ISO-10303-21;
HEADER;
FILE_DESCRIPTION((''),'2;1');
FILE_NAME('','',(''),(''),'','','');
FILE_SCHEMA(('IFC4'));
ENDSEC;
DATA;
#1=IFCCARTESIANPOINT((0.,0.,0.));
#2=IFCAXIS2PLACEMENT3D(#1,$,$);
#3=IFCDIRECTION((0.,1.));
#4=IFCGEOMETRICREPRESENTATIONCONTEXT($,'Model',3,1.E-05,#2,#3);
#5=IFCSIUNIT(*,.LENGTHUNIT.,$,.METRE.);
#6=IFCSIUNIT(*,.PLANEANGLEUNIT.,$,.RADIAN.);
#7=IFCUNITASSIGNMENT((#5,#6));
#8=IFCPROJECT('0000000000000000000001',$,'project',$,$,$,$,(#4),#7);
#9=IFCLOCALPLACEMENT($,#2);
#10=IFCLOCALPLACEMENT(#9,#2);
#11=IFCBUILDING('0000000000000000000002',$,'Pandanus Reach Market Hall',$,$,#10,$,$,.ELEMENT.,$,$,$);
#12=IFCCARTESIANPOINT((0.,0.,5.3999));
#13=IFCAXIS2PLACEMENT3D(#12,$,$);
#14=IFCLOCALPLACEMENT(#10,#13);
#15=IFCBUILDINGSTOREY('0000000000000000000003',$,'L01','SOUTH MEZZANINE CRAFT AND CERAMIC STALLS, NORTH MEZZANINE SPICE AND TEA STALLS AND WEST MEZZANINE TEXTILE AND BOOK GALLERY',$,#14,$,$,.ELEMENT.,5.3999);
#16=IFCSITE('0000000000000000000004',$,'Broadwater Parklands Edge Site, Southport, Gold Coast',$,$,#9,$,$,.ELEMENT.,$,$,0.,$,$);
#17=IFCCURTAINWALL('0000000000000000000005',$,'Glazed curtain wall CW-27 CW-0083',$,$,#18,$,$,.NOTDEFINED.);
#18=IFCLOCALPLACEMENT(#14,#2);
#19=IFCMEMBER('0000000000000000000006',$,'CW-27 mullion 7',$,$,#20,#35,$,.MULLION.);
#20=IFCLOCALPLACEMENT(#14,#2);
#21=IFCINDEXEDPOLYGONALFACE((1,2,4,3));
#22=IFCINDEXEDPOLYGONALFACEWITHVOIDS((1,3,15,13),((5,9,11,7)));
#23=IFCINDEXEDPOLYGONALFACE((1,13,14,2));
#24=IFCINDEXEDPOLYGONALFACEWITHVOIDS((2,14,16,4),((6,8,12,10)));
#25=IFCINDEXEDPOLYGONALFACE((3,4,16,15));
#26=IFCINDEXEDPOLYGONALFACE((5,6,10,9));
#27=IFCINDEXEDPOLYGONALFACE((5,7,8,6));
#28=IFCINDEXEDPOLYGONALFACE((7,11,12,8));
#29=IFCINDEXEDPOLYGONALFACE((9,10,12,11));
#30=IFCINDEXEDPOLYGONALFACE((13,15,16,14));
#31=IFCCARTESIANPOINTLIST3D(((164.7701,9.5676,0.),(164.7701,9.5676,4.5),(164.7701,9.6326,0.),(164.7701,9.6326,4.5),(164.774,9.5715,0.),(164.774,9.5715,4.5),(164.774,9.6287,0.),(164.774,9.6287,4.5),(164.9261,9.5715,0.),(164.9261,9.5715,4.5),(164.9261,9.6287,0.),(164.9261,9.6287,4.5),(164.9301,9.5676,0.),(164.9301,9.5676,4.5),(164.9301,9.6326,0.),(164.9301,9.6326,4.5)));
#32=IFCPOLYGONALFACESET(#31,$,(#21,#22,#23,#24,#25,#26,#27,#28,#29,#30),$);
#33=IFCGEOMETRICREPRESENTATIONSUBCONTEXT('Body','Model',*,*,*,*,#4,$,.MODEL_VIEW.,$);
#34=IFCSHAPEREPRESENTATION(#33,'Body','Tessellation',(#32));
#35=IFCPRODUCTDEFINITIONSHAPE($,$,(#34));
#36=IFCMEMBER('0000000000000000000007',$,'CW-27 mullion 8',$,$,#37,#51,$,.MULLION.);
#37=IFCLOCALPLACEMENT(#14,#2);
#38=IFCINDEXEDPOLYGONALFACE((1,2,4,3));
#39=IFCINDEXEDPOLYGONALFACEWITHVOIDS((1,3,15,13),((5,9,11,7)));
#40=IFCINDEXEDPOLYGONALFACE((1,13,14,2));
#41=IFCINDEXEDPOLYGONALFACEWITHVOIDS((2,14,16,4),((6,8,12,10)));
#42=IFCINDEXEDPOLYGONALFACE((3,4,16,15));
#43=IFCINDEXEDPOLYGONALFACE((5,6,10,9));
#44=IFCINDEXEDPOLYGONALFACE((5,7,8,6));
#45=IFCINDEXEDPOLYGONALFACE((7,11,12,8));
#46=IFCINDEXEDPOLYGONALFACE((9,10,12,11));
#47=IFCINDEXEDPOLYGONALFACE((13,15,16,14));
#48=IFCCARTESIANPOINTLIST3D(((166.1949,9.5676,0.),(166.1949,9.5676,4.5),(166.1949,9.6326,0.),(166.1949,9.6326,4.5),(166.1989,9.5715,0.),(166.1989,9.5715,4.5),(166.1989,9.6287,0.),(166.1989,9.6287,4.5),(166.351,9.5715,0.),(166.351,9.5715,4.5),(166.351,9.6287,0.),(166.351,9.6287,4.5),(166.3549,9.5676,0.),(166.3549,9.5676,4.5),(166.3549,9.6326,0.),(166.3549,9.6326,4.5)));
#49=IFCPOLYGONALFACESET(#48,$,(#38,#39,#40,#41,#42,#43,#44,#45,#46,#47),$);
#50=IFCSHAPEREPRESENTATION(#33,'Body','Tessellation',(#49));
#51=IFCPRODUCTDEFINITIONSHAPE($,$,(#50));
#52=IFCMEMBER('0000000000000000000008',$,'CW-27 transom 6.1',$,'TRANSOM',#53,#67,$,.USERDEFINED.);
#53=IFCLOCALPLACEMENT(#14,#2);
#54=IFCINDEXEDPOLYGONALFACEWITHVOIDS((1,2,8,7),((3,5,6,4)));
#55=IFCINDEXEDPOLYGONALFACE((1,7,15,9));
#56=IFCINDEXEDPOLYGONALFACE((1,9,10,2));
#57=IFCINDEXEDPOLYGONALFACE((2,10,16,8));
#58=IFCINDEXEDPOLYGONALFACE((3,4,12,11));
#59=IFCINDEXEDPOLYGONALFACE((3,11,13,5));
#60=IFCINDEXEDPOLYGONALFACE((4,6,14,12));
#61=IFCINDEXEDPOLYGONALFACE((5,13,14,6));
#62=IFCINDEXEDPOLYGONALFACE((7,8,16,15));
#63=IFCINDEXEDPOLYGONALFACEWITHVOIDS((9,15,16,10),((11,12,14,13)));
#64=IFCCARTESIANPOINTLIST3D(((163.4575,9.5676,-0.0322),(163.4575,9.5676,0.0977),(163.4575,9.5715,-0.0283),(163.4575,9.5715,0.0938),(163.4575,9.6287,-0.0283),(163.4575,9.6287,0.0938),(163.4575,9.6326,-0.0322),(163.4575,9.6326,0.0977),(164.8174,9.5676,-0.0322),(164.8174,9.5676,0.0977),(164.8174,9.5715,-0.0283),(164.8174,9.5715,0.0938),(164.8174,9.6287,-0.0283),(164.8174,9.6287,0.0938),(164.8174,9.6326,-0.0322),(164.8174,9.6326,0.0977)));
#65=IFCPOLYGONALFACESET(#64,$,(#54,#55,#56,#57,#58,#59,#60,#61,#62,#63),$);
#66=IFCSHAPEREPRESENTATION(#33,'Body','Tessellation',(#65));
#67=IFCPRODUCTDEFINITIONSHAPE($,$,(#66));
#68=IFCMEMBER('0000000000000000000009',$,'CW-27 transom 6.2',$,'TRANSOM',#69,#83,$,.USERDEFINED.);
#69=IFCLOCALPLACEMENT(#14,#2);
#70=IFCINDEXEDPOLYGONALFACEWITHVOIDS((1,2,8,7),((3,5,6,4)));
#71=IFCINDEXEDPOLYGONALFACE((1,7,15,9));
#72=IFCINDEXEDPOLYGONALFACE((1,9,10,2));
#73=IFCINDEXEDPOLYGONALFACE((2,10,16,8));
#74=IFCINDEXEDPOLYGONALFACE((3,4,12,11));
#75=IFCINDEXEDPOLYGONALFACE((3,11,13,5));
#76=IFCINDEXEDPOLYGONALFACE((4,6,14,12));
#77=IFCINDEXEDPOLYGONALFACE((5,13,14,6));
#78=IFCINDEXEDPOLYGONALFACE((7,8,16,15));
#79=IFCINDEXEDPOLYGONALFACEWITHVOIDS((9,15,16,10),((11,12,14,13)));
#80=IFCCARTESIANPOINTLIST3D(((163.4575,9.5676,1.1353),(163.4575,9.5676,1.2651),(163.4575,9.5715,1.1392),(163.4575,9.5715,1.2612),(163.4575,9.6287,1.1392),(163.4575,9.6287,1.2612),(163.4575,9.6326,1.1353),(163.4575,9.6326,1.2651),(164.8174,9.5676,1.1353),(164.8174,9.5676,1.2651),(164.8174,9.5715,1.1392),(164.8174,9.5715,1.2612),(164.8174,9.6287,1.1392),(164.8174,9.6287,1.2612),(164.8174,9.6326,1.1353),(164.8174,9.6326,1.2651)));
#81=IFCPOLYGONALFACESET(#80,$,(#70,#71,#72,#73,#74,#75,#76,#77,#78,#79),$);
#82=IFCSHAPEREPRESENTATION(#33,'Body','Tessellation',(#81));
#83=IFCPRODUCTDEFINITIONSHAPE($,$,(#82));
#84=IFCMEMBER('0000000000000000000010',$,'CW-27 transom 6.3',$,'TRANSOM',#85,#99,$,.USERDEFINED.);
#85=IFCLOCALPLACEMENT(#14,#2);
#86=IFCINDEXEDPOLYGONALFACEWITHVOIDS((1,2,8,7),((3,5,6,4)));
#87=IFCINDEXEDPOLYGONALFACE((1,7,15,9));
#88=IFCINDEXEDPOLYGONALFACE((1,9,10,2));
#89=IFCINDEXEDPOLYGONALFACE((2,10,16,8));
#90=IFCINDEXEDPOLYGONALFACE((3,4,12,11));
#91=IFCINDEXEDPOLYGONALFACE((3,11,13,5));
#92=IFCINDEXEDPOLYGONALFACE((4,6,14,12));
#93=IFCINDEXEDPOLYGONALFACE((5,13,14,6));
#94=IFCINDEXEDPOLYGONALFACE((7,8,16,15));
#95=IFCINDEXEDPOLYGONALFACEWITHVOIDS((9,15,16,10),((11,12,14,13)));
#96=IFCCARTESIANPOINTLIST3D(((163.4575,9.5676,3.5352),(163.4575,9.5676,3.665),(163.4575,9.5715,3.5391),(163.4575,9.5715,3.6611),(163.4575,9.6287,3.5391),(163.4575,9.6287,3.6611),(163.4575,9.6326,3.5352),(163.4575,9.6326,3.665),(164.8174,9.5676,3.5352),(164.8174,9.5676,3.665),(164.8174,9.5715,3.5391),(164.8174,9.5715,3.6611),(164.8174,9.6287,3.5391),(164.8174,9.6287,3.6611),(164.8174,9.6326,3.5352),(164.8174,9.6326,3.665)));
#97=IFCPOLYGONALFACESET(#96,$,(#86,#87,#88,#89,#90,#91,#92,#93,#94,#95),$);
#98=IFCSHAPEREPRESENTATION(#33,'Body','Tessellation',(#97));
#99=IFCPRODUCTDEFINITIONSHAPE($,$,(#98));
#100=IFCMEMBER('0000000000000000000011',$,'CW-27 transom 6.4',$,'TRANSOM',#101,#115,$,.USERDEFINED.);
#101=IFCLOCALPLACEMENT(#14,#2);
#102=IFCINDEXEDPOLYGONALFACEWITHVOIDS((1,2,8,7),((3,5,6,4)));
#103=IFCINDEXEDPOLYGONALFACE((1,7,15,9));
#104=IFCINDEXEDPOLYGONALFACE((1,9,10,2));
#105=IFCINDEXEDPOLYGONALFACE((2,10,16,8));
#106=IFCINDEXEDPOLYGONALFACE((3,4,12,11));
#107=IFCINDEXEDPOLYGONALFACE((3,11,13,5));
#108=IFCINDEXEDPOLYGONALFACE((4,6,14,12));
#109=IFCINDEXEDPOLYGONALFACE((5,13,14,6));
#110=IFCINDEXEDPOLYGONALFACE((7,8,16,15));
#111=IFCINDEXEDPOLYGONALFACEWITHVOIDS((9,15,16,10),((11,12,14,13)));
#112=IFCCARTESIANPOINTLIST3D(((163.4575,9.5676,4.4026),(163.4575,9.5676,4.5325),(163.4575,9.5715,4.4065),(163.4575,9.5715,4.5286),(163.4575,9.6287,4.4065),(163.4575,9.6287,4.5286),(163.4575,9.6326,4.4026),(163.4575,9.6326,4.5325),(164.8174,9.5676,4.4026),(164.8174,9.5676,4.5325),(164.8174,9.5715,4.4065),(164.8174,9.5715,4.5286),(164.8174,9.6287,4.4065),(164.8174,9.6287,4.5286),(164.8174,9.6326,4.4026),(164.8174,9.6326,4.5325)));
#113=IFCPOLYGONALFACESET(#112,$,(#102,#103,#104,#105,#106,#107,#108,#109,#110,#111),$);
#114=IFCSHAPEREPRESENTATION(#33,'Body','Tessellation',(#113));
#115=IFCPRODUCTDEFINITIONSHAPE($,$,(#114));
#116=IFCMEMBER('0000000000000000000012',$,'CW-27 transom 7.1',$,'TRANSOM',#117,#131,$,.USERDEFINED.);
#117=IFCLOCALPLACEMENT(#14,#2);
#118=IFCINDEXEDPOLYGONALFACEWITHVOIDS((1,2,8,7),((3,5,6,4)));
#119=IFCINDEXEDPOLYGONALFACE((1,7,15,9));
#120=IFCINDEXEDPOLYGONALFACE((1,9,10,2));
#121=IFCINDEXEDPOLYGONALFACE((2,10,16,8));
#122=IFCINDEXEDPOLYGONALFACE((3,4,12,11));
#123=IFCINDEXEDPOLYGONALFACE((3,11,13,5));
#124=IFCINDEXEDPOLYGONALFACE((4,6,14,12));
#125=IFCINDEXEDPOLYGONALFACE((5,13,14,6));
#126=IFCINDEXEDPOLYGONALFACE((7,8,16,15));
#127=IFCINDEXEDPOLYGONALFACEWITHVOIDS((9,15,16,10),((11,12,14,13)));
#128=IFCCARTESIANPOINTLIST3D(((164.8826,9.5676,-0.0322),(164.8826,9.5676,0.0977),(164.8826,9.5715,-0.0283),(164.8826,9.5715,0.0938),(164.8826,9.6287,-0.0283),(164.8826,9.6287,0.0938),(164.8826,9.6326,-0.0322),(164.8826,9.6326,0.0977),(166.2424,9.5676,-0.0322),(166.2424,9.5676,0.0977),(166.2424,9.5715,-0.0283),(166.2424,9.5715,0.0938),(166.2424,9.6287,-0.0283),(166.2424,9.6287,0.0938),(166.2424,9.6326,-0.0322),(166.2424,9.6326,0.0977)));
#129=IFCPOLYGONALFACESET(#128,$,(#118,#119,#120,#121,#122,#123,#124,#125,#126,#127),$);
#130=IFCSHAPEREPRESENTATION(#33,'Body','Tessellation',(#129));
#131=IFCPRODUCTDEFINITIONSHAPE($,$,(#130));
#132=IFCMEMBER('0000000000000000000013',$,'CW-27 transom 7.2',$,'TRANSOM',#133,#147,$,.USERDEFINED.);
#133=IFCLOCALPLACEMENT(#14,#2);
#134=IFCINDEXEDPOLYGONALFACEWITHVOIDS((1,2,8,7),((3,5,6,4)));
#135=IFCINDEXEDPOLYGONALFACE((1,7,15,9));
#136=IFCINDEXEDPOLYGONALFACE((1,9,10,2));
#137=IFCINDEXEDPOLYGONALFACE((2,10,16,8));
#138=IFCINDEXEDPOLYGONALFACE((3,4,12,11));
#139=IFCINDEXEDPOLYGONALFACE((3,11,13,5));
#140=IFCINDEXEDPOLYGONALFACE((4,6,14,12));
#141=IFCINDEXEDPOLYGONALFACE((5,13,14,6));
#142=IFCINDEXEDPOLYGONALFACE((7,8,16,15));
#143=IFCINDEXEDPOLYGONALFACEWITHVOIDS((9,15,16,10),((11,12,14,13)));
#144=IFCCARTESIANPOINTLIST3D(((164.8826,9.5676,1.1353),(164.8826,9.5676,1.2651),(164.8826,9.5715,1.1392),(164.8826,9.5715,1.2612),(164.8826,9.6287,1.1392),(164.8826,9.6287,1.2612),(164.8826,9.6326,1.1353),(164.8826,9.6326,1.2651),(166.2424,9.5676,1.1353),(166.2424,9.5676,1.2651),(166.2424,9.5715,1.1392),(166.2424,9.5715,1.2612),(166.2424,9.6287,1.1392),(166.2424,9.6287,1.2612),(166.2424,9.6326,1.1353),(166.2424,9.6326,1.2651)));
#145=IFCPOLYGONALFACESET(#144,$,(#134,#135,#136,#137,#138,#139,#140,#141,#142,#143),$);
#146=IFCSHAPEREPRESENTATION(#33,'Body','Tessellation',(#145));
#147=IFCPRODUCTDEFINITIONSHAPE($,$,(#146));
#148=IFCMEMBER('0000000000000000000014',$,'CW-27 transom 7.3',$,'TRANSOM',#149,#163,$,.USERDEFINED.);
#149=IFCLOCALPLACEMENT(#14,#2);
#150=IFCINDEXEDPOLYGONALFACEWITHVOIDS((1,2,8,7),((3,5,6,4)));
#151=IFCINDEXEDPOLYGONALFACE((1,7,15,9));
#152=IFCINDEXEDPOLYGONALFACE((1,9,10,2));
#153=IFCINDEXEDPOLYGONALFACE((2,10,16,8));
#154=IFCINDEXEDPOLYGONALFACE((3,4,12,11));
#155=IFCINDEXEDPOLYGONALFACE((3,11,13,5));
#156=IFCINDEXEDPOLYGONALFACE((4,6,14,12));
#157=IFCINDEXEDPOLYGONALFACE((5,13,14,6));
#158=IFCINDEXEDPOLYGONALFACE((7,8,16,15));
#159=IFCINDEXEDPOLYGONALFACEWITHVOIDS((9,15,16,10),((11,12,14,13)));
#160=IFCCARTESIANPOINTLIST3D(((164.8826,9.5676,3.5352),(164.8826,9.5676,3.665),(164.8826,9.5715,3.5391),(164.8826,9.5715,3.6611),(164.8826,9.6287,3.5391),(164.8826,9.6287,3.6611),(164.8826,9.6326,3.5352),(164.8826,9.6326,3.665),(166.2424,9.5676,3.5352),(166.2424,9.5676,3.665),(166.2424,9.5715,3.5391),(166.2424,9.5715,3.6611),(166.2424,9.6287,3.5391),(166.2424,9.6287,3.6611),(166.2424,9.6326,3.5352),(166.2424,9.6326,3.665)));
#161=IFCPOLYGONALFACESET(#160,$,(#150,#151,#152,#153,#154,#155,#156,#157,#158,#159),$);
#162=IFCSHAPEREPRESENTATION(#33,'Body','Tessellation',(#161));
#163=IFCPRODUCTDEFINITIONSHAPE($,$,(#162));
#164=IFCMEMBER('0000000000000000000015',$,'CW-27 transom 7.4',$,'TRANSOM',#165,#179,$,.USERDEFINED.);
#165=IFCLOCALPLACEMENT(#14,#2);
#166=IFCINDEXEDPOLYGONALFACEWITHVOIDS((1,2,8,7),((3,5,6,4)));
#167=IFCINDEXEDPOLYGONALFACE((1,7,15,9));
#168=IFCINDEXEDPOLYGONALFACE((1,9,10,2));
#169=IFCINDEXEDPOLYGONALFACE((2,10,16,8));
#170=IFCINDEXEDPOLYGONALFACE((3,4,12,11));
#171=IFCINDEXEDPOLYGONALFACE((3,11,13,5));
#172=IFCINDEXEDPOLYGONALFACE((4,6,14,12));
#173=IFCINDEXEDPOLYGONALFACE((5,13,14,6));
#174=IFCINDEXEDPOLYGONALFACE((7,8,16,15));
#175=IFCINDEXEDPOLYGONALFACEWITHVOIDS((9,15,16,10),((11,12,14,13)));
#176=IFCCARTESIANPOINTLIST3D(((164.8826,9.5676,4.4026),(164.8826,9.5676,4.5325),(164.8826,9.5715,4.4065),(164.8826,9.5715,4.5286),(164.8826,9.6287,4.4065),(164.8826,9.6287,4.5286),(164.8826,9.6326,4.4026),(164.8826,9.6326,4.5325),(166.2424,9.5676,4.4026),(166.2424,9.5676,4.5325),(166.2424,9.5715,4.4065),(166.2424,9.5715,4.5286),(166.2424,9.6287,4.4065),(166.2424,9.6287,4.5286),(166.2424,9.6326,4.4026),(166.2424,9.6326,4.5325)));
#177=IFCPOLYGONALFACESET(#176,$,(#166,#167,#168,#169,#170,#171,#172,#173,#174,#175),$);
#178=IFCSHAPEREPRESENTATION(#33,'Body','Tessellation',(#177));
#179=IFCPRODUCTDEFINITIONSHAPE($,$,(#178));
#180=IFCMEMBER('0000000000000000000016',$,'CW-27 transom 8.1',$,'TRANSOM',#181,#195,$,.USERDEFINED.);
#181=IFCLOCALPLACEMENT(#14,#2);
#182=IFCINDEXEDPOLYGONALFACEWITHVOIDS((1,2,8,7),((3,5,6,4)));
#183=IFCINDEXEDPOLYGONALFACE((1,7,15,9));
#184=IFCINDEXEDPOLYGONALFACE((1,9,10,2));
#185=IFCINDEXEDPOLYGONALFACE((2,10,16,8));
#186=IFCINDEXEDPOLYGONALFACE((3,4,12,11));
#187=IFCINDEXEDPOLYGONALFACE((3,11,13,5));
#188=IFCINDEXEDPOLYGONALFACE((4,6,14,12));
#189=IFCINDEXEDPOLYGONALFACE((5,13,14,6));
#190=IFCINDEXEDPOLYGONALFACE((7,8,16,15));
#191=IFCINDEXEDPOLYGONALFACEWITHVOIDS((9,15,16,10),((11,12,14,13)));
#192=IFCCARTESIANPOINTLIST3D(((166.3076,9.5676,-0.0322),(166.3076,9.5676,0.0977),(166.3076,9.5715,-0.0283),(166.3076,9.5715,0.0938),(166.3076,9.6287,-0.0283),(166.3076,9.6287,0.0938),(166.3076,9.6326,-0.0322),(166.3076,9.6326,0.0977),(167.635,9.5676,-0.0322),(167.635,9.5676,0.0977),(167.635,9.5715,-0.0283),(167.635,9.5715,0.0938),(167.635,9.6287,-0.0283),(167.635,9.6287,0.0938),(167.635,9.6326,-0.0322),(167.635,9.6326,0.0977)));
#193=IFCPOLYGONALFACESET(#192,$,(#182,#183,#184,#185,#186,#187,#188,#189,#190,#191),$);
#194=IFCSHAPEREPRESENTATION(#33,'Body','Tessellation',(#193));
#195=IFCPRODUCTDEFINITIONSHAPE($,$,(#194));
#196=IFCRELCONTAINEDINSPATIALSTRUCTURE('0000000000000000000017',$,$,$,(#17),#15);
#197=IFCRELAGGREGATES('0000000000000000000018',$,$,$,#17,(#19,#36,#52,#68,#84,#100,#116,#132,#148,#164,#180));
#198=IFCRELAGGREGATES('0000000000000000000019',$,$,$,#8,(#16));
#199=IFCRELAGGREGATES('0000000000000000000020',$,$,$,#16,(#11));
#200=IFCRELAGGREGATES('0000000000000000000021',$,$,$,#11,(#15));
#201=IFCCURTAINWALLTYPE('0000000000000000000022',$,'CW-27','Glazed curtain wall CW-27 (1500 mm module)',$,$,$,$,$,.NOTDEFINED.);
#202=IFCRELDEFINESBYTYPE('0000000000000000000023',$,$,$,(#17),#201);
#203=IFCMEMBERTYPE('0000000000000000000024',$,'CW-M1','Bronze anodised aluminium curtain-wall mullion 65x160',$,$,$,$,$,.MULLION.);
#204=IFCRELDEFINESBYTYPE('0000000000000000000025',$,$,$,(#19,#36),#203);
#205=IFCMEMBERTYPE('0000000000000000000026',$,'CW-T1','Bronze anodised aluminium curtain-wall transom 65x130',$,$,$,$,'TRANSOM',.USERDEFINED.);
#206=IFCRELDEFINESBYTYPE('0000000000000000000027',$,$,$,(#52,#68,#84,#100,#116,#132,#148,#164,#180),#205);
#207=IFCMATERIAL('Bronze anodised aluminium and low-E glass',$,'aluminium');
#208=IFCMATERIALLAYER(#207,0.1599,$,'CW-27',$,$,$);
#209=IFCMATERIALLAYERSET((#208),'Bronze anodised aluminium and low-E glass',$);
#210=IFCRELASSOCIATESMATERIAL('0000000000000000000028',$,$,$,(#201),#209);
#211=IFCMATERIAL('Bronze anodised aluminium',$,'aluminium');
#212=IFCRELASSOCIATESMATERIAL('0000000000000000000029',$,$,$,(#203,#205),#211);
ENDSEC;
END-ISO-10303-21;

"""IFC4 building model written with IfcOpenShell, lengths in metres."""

from ifc_helpers import new_model, si_unit, direction, frame, origin, origin_2d, place, context, subcontext, project, spatial, hollow_rectangle, extrude, material, layer, layer_set, material_profile, profile_set, type_object, element, aggregate, save


model = new_model("IFC4")

# Units and contexts
model_context = context("Model", 3, precision=1e-05, world=origin(), true_north=direction((0.0, 1.0)))
body_context = subcontext(model_context, "Body", "Model", "MODEL_VIEW")
ifc_project = project(units=[si_unit("LENGTHUNIT", "METRE"), si_unit("PLANEANGLEUNIT", "RADIAN")], contexts=[model_context])

# Site, building, storey
site_placement = place(None, origin())
site = spatial("IfcSite", under=ifc_project, at=site_placement, Name="Broadwater Parklands Edge Site, Southport, Gold Coast", CompositionType="ELEMENT", RefElevation=0.0)
building_placement = place(site_placement, origin())
building = spatial("IfcBuilding", under=site, at=building_placement, Name="Pandanus Reach Market Hall", CompositionType="ELEMENT")
storey_placement = place(building_placement, frame((0.0, 0.0, 5.3999)))
storey = spatial("IfcBuildingStorey", under=building, at=storey_placement, Name="L01", Description="SOUTH MEZZANINE CRAFT AND CERAMIC STALLS, NORTH MEZZANINE SPICE AND TEA STALLS AND WEST MEZZANINE TEXTILE AND BOOK GALLERY", CompositionType="ELEMENT", Elevation=5.3999)

# Curtain wall, members
ifc_material_1 = material(Name="Bronze anodised aluminium and low-E glass", Category="aluminium")
ifc_layer_1 = layer(ifc_material_1, 0.1599, Name="CW-27")
ifc_layer_set_1 = layer_set([ifc_layer_1], Name="Bronze anodised aluminium and low-E glass")
curtain_wall_type = type_object("IfcCurtainWallType", Name="CW-27", Description="Glazed curtain wall CW-27 (1500 mm module)", PredefinedType="NOTDEFINED", material=ifc_layer_set_1)
curtain_wall_placement = place(storey_placement, origin())
curtain_wall = element("IfcCurtainWall", 1, at=curtain_wall_placement, inside=storey, type_object=curtain_wall_type, Name="Glazed curtain wall CW-27 CW-0083", PredefinedType="NOTDEFINED")
ifc_material_2 = material(Name="Bronze anodised aluminium", Category="aluminium")
ifc_material_profile_1 = material_profile(ifc_material_2, hollow_rectangle(XDim=0.0649, YDim=0.1599, WallThickness=0.0039, at=origin_2d()), Name="ALU65x160", Category="LoadBearing")
ifc_profile_set_1 = profile_set([ifc_material_profile_1], Name="Bronze anodised aluminium")
member_type_1 = type_object("IfcMemberType", Name="CW-M1", Description="Bronze anodised aluminium curtain-wall mullion 65x160", PredefinedType="MULLION", material=ifc_profile_set_1)
member_1_placement = place(storey_placement, frame((164.8501, 9.6001, 0.0), z_axis=(0.0, 0.0, 1.0), x_axis=(0.0, 1.0, 0.0)))
member_1 = element("IfcMember", 2, at=member_1_placement, type_object=member_type_1, Name="CW-27 mullion 7", PredefinedType="MULLION", context=body_context, shape_type="SweptSolid", body=[
    extrude(hollow_rectangle(XDim=0.0649, YDim=0.1599, WallThickness=0.0039, at=origin_2d()), origin(), (0.0, 0.0, 1.0), 4.5),
])
member_2_placement = place(storey_placement, frame((166.2749, 9.6001, 0.0), z_axis=(0.0, 0.0, 1.0), x_axis=(0.0, 1.0, 0.0)))
member_2 = element("IfcMember", 3, at=member_2_placement, type_object=member_type_1, Name="CW-27 mullion 8", PredefinedType="MULLION", context=body_context, shape_type="SweptSolid", body=[
    extrude(hollow_rectangle(XDim=0.0649, YDim=0.1599, WallThickness=0.0039, at=origin_2d()), origin(), (0.0, 0.0, 1.0), 4.5),
])
ifc_material_profile_2 = material_profile(ifc_material_2, hollow_rectangle(XDim=0.0649, YDim=0.1299, WallThickness=0.0039, at=origin_2d()), Name="ALU65x130", Category="LoadBearing")
ifc_profile_set_2 = profile_set([ifc_material_profile_2], Name="Bronze anodised aluminium")
member_type_2 = type_object("IfcMemberType", Name="CW-T1", Description="Bronze anodised aluminium curtain-wall transom 65x130", ElementType="TRANSOM", PredefinedType="USERDEFINED", material=ifc_profile_set_2)
member_3_placement = place(storey_placement, frame((163.4575, 9.6001, 0.0327), z_axis=(1.0, 0.0, 0.0), x_axis=(0.0, 1.0, 0.0)))
member_3 = element("IfcMember", 4, at=member_3_placement, type_object=member_type_2, Name="CW-27 transom 6.1", ObjectType="TRANSOM", PredefinedType="USERDEFINED", context=body_context, shape_type="SweptSolid", body=[
    extrude(hollow_rectangle(XDim=0.0649, YDim=0.1299, WallThickness=0.0039, at=origin_2d()), origin(), (0.0, 0.0, 1.0), 1.3599),
])
member_4_placement = place(storey_placement, frame((163.4575, 9.6001, 1.2002), z_axis=(1.0, 0.0, 0.0), x_axis=(0.0, 1.0, 0.0)))
member_4 = element("IfcMember", 5, at=member_4_placement, type_object=member_type_2, Name="CW-27 transom 6.2", ObjectType="TRANSOM", PredefinedType="USERDEFINED", context=body_context, shape_type="SweptSolid", body=[
    extrude(hollow_rectangle(XDim=0.0649, YDim=0.1299, WallThickness=0.0039, at=origin_2d()), origin(), (0.0, 0.0, 1.0), 1.3599),
])
member_5_placement = place(storey_placement, frame((163.4575, 9.6001, 3.6001), z_axis=(1.0, 0.0, 0.0), x_axis=(0.0, 1.0, 0.0)))
member_5 = element("IfcMember", 6, at=member_5_placement, type_object=member_type_2, Name="CW-27 transom 6.3", ObjectType="TRANSOM", PredefinedType="USERDEFINED", context=body_context, shape_type="SweptSolid", body=[
    extrude(hollow_rectangle(XDim=0.0649, YDim=0.1299, WallThickness=0.0039, at=origin_2d()), origin(), (0.0, 0.0, 1.0), 1.3599),
])
member_6_placement = place(storey_placement, frame((163.4575, 9.6001, 4.4675), z_axis=(1.0, 0.0, 0.0), x_axis=(0.0, 1.0, 0.0)))
member_6 = element("IfcMember", 7, at=member_6_placement, type_object=member_type_2, Name="CW-27 transom 6.4", ObjectType="TRANSOM", PredefinedType="USERDEFINED", context=body_context, shape_type="SweptSolid", body=[
    extrude(hollow_rectangle(XDim=0.0649, YDim=0.1299, WallThickness=0.0039, at=origin_2d()), origin(), (0.0, 0.0, 1.0), 1.3599),
])
member_7_placement = place(storey_placement, frame((164.8826, 9.6001, 0.0327), z_axis=(1.0, 0.0, 0.0), x_axis=(0.0, 1.0, 0.0)))
member_7 = element("IfcMember", 8, at=member_7_placement, type_object=member_type_2, Name="CW-27 transom 7.1", ObjectType="TRANSOM", PredefinedType="USERDEFINED", context=body_context, shape_type="SweptSolid", body=[
    extrude(hollow_rectangle(XDim=0.0649, YDim=0.1299, WallThickness=0.0039, at=origin_2d()), origin(), (0.0, 0.0, 1.0), 1.3599),
])
member_8_placement = place(storey_placement, frame((164.8826, 9.6001, 1.2002), z_axis=(1.0, 0.0, 0.0), x_axis=(0.0, 1.0, 0.0)))
member_8 = element("IfcMember", 9, at=member_8_placement, type_object=member_type_2, Name="CW-27 transom 7.2", ObjectType="TRANSOM", PredefinedType="USERDEFINED", context=body_context, shape_type="SweptSolid", body=[
    extrude(hollow_rectangle(XDim=0.0649, YDim=0.1299, WallThickness=0.0039, at=origin_2d()), origin(), (0.0, 0.0, 1.0), 1.3599),
])
member_9_placement = place(storey_placement, frame((164.8826, 9.6001, 3.6001), z_axis=(1.0, 0.0, 0.0), x_axis=(0.0, 1.0, 0.0)))
member_9 = element("IfcMember", 10, at=member_9_placement, type_object=member_type_2, Name="CW-27 transom 7.3", ObjectType="TRANSOM", PredefinedType="USERDEFINED", context=body_context, shape_type="SweptSolid", body=[
    extrude(hollow_rectangle(XDim=0.0649, YDim=0.1299, WallThickness=0.0039, at=origin_2d()), origin(), (0.0, 0.0, 1.0), 1.3599),
])
member_10_placement = place(storey_placement, frame((164.8826, 9.6001, 4.4675), z_axis=(1.0, 0.0, 0.0), x_axis=(0.0, 1.0, 0.0)))
member_10 = element("IfcMember", 11, at=member_10_placement, type_object=member_type_2, Name="CW-27 transom 7.4", ObjectType="TRANSOM", PredefinedType="USERDEFINED", context=body_context, shape_type="SweptSolid", body=[
    extrude(hollow_rectangle(XDim=0.0649, YDim=0.1299, WallThickness=0.0039, at=origin_2d()), origin(), (0.0, 0.0, 1.0), 1.3599),
])
member_11_placement = place(storey_placement, frame((166.3076, 9.6001, 0.0327), z_axis=(1.0, 0.0, 0.0), x_axis=(0.0, 1.0, 0.0)))
member_11 = element("IfcMember", 12, at=member_11_placement, type_object=member_type_2, Name="CW-27 transom 8.1", ObjectType="TRANSOM", PredefinedType="USERDEFINED", context=body_context, shape_type="SweptSolid", body=[
    extrude(hollow_rectangle(XDim=0.0649, YDim=0.1299, WallThickness=0.0039, at=origin_2d()), origin(), (0.0, 0.0, 1.0), 1.3274),
])
aggregate(curtain_wall, [member_1, member_2, member_3, member_4, member_5, member_6, member_7, member_8, member_9, member_10, member_11])

save(model, "model.ifc")
